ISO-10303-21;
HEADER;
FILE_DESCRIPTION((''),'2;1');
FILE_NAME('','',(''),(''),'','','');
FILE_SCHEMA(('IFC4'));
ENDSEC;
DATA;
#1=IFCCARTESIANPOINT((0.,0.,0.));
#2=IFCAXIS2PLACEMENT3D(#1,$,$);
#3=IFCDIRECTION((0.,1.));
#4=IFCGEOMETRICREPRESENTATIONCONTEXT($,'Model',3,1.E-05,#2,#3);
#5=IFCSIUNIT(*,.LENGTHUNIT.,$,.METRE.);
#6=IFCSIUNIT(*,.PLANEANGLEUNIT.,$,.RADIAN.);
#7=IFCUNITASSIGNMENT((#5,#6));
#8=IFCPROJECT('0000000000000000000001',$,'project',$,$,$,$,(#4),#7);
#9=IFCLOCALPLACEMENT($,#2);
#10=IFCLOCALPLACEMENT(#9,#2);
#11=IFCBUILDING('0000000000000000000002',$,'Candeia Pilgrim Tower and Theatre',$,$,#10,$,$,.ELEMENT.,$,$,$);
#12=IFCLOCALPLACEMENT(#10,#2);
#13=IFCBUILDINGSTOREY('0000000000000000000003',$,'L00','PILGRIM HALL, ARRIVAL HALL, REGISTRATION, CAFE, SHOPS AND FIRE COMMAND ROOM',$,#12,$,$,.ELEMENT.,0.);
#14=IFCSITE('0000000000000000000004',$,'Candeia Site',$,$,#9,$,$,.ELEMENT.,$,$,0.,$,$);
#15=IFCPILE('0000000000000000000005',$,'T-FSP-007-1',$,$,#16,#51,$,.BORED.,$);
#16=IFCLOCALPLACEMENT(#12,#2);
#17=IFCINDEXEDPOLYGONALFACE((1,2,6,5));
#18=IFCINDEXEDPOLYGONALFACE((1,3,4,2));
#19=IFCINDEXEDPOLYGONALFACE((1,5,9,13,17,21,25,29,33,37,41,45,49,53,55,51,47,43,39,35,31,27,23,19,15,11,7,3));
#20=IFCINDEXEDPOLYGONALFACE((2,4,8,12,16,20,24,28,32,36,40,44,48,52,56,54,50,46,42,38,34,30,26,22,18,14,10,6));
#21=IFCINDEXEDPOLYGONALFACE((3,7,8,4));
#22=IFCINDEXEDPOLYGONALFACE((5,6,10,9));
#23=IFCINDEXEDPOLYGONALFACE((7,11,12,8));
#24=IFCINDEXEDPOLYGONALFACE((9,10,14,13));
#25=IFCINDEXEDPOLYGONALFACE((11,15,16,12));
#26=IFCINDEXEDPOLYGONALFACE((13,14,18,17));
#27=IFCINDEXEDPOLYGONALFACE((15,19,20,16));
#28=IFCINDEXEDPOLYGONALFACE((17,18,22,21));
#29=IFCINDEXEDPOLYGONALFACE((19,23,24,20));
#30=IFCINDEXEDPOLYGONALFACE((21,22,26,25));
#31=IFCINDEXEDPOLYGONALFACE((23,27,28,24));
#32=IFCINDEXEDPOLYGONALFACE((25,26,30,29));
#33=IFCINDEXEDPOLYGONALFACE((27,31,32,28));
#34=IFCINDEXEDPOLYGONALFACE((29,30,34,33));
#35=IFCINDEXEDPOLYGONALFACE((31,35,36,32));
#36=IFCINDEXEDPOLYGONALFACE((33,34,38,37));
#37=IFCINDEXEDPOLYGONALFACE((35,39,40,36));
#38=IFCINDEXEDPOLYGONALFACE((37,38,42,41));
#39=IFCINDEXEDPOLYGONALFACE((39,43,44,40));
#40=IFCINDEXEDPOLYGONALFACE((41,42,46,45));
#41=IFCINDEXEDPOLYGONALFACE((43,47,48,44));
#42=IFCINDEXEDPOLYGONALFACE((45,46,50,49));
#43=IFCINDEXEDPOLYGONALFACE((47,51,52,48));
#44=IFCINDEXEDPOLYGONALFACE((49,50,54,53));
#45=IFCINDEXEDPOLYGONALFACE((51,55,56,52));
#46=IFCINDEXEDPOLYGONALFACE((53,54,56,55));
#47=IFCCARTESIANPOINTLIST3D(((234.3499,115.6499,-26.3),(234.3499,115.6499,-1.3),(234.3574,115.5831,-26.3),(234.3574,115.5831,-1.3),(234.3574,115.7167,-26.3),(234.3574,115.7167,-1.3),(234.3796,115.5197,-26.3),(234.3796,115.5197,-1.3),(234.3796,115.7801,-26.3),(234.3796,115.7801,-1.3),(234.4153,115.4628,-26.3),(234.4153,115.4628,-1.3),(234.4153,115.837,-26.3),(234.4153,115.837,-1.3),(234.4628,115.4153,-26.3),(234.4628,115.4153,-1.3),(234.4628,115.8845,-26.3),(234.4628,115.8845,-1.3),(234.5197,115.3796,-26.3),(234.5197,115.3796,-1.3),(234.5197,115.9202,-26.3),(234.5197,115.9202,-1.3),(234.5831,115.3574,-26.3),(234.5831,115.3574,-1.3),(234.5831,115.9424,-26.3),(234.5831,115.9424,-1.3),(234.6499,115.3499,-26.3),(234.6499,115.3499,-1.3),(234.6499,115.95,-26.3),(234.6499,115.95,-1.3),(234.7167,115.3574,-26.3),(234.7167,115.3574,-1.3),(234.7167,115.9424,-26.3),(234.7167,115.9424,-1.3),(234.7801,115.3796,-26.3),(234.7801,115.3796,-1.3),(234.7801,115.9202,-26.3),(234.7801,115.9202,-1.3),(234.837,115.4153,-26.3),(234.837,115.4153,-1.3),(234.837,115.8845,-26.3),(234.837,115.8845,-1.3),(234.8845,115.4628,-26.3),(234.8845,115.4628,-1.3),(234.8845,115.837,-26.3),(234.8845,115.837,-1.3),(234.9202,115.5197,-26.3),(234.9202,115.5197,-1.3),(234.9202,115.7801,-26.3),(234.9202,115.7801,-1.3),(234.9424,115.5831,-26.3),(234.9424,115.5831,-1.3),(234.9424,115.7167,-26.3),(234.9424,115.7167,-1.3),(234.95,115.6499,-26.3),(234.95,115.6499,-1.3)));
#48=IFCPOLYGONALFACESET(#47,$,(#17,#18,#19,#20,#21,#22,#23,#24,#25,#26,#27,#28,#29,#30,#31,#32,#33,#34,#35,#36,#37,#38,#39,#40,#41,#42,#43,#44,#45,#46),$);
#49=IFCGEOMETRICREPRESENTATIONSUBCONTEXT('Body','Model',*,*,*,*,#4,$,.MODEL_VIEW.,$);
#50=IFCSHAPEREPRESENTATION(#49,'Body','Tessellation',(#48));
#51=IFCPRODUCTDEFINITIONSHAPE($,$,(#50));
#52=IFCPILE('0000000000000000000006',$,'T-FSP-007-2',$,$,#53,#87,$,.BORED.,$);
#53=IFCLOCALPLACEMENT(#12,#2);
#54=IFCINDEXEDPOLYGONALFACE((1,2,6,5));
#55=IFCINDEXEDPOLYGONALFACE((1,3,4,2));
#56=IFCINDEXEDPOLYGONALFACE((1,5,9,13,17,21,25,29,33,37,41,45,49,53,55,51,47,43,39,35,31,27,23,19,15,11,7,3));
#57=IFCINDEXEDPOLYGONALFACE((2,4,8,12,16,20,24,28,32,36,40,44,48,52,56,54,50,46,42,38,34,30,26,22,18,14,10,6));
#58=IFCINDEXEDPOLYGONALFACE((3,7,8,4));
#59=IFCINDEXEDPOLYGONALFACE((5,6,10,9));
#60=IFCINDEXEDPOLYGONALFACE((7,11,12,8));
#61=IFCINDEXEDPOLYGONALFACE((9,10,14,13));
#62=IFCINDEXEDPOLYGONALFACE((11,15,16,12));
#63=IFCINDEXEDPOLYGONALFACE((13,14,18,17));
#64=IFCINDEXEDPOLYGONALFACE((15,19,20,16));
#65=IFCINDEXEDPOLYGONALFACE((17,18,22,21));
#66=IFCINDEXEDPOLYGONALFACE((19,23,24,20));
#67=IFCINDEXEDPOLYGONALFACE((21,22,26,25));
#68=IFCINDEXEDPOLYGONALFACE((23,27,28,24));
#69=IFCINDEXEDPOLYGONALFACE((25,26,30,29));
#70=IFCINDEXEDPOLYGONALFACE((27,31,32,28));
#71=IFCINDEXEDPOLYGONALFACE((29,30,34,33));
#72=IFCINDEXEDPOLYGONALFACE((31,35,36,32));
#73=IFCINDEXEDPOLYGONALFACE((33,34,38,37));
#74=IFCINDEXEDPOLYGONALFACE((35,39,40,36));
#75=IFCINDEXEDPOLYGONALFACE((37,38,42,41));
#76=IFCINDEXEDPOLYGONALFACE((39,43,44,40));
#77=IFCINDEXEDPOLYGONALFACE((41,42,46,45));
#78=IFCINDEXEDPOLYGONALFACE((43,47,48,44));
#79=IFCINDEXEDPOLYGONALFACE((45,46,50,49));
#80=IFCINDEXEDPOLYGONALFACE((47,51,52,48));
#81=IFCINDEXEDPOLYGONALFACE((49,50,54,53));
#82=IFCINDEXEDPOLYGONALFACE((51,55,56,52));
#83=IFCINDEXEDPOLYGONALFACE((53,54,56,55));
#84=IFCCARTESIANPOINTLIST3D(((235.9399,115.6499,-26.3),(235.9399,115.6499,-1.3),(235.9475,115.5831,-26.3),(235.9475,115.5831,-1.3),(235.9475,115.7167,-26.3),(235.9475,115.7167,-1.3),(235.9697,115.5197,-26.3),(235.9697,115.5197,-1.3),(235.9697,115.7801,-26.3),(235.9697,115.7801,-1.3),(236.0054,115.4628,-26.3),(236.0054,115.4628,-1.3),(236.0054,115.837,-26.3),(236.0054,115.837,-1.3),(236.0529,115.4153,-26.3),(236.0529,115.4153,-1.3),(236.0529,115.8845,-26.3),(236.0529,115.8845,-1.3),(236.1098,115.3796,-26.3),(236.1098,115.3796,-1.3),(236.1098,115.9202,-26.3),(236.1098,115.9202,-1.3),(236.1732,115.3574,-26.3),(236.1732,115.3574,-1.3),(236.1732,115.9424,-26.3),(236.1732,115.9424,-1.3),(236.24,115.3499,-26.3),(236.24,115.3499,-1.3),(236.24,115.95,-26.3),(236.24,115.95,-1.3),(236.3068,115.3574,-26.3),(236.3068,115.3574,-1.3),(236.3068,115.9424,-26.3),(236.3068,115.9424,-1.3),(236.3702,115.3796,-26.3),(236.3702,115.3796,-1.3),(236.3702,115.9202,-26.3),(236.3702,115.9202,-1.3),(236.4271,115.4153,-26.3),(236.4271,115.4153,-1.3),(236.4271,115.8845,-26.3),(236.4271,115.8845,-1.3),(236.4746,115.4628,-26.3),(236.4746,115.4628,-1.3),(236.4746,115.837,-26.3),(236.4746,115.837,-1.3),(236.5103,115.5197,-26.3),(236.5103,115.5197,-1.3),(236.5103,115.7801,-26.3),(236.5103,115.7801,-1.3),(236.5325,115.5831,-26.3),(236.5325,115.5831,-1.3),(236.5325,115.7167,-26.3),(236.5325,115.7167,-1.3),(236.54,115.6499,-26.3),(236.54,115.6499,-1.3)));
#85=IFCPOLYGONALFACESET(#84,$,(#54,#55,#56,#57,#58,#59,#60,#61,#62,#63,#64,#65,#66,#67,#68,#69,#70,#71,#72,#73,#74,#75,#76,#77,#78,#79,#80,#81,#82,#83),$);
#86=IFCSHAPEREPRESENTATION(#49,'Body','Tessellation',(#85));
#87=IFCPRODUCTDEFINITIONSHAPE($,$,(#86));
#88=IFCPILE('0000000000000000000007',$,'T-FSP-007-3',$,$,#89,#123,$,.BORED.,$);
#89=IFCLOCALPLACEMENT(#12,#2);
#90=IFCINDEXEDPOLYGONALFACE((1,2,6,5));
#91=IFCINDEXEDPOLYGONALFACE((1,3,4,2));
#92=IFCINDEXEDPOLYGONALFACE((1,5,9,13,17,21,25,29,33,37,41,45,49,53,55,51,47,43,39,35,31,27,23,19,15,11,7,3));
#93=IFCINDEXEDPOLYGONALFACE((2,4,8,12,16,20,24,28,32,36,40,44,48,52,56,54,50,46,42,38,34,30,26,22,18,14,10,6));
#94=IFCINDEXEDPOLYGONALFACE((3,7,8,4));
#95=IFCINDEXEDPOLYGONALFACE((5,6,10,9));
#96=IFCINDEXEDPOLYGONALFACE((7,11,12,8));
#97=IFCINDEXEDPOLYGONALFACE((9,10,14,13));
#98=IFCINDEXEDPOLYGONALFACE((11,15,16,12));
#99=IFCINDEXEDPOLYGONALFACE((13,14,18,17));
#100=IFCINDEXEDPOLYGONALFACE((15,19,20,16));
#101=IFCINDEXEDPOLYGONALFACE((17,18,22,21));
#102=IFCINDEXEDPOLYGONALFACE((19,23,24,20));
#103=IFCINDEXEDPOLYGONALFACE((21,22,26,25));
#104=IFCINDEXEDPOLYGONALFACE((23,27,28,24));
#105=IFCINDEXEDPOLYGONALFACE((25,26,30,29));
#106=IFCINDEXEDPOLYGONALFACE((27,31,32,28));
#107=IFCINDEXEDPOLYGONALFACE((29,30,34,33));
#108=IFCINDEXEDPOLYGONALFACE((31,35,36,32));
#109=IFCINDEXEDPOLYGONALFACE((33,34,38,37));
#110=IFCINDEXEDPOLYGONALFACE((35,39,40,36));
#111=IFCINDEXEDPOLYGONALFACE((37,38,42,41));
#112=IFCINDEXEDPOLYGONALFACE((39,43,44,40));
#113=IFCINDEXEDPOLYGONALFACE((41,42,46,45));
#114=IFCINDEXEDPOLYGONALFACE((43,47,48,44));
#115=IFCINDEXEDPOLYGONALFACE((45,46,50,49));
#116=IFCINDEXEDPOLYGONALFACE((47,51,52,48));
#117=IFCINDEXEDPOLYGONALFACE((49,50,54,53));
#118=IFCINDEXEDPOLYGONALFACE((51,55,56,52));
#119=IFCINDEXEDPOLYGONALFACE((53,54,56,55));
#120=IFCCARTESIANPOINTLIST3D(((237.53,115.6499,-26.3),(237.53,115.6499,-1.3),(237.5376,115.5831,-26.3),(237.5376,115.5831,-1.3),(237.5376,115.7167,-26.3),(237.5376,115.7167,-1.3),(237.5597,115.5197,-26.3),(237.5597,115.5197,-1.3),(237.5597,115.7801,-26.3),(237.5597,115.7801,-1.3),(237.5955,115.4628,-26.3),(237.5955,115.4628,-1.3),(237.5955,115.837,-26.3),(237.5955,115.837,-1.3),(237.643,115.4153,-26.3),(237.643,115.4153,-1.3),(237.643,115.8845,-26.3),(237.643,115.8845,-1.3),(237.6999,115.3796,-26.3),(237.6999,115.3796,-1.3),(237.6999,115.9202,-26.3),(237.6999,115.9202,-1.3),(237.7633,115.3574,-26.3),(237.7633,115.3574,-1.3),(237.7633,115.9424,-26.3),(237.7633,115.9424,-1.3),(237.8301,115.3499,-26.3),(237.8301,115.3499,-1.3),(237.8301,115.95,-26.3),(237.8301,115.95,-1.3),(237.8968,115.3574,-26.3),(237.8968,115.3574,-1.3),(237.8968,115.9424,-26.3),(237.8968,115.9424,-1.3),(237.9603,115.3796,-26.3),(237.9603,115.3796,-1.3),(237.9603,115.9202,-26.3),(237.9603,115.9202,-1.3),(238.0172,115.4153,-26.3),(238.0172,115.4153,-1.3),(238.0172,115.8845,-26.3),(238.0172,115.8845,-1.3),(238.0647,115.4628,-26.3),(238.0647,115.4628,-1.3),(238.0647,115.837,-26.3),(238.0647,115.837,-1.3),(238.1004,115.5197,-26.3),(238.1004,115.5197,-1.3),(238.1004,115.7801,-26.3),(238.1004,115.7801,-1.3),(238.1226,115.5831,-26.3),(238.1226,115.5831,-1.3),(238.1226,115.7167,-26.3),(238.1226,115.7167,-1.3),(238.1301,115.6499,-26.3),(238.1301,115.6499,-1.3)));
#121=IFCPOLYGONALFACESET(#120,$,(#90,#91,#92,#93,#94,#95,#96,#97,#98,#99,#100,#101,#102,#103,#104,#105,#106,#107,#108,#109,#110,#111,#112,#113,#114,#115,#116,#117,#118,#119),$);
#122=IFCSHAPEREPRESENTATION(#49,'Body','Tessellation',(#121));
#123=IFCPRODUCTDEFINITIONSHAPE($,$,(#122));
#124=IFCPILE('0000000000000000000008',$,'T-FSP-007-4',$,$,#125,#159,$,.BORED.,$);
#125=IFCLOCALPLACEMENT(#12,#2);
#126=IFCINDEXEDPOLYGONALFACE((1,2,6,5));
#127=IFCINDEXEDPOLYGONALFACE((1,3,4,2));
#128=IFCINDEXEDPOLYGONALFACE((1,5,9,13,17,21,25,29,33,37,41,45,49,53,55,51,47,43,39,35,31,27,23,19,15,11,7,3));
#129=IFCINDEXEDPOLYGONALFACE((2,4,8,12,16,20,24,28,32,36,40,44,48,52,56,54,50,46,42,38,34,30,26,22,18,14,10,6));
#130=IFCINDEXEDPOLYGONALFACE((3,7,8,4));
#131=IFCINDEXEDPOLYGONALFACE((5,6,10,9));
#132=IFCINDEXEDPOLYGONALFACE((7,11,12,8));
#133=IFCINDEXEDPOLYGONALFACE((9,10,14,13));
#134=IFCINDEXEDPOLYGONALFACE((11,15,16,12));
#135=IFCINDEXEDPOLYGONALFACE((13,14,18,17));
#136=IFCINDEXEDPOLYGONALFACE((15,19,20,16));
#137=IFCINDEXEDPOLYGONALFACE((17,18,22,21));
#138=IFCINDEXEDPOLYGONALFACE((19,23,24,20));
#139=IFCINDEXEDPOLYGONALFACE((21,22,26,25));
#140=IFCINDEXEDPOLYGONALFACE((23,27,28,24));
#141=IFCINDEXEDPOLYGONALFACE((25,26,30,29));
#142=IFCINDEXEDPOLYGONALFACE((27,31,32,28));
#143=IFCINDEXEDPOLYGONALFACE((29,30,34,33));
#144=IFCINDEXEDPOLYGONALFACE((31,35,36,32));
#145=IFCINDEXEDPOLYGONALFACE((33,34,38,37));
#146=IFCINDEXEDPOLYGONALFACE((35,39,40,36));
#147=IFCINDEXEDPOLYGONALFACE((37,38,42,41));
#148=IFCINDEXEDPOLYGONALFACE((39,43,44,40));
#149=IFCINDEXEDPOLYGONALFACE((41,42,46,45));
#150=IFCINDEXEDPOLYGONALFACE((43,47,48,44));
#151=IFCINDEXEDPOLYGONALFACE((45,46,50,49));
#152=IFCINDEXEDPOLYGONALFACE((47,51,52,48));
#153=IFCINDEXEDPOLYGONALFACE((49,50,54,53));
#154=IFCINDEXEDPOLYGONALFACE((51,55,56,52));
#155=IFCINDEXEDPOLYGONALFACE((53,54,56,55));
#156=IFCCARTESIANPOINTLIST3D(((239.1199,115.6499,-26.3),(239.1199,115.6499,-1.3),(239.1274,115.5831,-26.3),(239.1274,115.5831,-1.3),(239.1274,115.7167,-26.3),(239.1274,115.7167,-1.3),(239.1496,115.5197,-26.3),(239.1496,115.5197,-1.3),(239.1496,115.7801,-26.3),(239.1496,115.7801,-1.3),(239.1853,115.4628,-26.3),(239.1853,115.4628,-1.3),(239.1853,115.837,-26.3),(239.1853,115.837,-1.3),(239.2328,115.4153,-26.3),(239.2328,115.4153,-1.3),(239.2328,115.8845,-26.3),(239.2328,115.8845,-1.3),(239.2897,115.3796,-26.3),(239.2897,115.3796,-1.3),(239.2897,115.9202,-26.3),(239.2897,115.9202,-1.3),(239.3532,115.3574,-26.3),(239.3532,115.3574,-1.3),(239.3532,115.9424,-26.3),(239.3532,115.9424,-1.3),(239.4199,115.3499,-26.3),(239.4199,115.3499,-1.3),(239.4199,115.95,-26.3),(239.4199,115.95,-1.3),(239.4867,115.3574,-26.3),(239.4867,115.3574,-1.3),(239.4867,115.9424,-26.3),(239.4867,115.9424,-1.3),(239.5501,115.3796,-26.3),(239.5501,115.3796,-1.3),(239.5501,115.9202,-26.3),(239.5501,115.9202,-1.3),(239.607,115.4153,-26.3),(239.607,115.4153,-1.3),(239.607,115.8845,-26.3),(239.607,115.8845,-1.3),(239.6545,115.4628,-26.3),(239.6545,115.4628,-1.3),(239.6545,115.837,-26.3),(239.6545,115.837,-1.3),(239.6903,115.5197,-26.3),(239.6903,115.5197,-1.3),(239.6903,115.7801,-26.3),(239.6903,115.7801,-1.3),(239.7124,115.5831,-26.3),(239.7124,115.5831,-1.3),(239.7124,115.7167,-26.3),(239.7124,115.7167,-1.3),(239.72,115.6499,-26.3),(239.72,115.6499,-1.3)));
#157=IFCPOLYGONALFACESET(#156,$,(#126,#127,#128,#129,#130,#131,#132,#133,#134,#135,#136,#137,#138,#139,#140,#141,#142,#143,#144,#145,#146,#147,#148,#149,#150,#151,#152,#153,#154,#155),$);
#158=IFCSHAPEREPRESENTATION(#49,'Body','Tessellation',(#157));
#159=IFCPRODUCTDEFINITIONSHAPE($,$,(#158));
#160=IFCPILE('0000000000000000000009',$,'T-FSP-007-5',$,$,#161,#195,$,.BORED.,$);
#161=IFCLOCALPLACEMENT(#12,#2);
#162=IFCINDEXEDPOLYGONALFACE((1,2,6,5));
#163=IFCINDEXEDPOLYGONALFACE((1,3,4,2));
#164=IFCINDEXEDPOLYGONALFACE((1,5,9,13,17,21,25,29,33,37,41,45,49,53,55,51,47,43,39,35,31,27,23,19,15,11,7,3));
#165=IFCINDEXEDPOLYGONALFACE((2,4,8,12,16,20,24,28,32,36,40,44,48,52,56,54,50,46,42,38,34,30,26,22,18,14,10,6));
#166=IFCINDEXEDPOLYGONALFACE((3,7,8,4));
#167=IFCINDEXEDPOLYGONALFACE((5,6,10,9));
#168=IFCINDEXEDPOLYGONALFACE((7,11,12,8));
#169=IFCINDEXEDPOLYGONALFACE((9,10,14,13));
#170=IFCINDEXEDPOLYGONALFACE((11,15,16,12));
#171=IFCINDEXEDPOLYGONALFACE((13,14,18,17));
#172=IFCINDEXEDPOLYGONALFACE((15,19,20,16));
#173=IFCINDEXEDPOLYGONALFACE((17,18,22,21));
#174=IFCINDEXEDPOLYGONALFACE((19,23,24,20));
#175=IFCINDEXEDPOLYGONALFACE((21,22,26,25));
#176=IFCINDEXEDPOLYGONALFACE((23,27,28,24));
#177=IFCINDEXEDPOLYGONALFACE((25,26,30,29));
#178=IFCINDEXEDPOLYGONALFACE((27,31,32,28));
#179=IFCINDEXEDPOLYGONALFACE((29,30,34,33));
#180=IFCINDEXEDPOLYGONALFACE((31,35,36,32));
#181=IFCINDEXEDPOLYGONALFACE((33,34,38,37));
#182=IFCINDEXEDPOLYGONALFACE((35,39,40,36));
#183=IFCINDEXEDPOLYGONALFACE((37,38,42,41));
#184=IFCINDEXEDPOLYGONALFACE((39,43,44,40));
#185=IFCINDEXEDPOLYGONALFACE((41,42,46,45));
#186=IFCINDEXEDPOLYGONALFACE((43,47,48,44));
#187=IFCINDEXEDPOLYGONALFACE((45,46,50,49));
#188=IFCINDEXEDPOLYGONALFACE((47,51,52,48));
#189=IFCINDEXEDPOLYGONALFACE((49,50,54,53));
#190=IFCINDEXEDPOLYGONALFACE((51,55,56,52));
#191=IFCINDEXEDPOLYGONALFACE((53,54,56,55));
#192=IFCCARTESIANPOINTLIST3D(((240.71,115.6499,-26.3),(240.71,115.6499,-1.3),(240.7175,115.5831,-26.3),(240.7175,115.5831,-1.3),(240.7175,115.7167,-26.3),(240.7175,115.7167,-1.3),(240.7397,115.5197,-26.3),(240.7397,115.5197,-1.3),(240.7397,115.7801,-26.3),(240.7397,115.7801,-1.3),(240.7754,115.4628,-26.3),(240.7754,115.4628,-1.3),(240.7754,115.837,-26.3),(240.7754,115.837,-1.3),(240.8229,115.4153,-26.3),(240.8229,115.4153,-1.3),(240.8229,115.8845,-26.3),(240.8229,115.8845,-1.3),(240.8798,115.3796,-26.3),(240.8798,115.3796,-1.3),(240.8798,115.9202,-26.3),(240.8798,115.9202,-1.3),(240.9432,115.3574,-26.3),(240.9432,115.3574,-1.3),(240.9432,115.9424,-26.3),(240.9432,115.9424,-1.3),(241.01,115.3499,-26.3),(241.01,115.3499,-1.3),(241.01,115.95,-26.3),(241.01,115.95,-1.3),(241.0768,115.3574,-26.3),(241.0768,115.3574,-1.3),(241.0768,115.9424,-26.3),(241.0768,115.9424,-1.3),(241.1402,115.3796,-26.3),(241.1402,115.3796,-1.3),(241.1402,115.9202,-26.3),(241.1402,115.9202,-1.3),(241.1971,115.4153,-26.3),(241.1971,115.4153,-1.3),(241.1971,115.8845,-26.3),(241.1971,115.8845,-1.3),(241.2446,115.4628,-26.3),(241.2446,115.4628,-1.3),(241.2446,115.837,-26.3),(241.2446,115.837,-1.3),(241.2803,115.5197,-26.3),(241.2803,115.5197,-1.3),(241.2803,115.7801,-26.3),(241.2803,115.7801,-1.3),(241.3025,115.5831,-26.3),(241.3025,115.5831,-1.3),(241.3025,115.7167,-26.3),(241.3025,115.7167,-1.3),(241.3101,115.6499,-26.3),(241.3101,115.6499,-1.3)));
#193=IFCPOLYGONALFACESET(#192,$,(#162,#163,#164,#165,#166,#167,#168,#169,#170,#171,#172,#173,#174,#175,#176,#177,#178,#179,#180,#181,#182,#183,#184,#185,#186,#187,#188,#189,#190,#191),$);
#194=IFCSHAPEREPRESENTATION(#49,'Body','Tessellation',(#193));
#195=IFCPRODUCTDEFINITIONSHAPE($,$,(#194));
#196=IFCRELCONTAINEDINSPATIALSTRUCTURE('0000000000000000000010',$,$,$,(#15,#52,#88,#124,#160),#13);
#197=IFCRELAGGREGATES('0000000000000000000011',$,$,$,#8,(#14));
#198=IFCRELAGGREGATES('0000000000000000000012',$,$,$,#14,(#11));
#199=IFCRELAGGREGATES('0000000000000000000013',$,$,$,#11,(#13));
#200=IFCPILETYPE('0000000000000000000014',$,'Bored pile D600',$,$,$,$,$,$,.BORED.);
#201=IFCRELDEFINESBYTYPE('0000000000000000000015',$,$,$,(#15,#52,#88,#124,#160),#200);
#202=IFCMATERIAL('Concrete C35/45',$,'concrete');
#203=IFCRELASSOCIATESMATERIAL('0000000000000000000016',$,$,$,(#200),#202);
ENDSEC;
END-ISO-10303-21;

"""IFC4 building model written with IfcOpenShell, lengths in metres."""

from ifc_helpers import new_model, si_unit, direction, frame, origin, origin_2d, place, context, subcontext, project, spatial, circle, extrude, material, type_object, element, save


model = new_model("IFC4")

# Units and contexts
model_context = context("Model", 3, precision=1e-05, world=origin(), true_north=direction((0.0, 1.0)))
body_context = subcontext(model_context, "Body", "Model", "MODEL_VIEW")
ifc_project = project(units=[si_unit("LENGTHUNIT", "METRE"), si_unit("PLANEANGLEUNIT", "RADIAN")], contexts=[model_context])

# Site, building, storey
site_placement = place(None, origin())
site = spatial("IfcSite", under=ifc_project, at=site_placement, Name="Candeia Site", CompositionType="ELEMENT", RefElevation=0.0)
building_placement = place(site_placement, origin())
building = spatial("IfcBuilding", under=site, at=building_placement, Name="Candeia Pilgrim Tower and Theatre", CompositionType="ELEMENT")
storey_placement = place(building_placement, origin())
storey = spatial("IfcBuildingStorey", under=building, at=storey_placement, Name="L00", Description="PILGRIM HALL, ARRIVAL HALL, REGISTRATION, CAFE, SHOPS AND FIRE COMMAND ROOM", CompositionType="ELEMENT", Elevation=0.0)

# Piles
ifc_material_1 = material(Name="Concrete C35/45", Category="concrete")
pile_type = type_object("IfcPileType", Name="Bored pile D600", PredefinedType="BORED", material=ifc_material_1)
for number, where, z_axis, x_axis, name in (
    (1, (234.6499, 115.6499, -1.3), (0.0, 0.0, -1.0), (1.0, 0.0, 0.0), "T-FSP-007-1"),
    (2, (236.24, 115.6499, -1.3), (0.0, 0.0, -1.0), (1.0, 0.0, 0.0), "T-FSP-007-2"),
    (3, (237.8301, 115.6499, -1.3), (0.0, 0.0, -1.0), (1.0, 0.0, 0.0), "T-FSP-007-3"),
    (4, (239.4199, 115.6499, -1.3), (0.0, 0.0, -1.0), (1.0, 0.0, 0.0), "T-FSP-007-4"),
    (5, (241.01, 115.6499, -1.3), (0.0, 0.0, -1.0), (1.0, 0.0, 0.0), "T-FSP-007-5"),
):
    element("IfcPile", number, at=place(storey_placement, frame(where, z_axis=z_axis, x_axis=x_axis)), inside=storey, type_object=pile_type, Name=name, PredefinedType="BORED", context=body_context, shape_type="SweptSolid", body=[
        extrude(circle(Radius=0.3, at=origin_2d()), origin(), (0.0, 0.0, 1.0), 25.0),
    ])

save(model, "model.ifc")
